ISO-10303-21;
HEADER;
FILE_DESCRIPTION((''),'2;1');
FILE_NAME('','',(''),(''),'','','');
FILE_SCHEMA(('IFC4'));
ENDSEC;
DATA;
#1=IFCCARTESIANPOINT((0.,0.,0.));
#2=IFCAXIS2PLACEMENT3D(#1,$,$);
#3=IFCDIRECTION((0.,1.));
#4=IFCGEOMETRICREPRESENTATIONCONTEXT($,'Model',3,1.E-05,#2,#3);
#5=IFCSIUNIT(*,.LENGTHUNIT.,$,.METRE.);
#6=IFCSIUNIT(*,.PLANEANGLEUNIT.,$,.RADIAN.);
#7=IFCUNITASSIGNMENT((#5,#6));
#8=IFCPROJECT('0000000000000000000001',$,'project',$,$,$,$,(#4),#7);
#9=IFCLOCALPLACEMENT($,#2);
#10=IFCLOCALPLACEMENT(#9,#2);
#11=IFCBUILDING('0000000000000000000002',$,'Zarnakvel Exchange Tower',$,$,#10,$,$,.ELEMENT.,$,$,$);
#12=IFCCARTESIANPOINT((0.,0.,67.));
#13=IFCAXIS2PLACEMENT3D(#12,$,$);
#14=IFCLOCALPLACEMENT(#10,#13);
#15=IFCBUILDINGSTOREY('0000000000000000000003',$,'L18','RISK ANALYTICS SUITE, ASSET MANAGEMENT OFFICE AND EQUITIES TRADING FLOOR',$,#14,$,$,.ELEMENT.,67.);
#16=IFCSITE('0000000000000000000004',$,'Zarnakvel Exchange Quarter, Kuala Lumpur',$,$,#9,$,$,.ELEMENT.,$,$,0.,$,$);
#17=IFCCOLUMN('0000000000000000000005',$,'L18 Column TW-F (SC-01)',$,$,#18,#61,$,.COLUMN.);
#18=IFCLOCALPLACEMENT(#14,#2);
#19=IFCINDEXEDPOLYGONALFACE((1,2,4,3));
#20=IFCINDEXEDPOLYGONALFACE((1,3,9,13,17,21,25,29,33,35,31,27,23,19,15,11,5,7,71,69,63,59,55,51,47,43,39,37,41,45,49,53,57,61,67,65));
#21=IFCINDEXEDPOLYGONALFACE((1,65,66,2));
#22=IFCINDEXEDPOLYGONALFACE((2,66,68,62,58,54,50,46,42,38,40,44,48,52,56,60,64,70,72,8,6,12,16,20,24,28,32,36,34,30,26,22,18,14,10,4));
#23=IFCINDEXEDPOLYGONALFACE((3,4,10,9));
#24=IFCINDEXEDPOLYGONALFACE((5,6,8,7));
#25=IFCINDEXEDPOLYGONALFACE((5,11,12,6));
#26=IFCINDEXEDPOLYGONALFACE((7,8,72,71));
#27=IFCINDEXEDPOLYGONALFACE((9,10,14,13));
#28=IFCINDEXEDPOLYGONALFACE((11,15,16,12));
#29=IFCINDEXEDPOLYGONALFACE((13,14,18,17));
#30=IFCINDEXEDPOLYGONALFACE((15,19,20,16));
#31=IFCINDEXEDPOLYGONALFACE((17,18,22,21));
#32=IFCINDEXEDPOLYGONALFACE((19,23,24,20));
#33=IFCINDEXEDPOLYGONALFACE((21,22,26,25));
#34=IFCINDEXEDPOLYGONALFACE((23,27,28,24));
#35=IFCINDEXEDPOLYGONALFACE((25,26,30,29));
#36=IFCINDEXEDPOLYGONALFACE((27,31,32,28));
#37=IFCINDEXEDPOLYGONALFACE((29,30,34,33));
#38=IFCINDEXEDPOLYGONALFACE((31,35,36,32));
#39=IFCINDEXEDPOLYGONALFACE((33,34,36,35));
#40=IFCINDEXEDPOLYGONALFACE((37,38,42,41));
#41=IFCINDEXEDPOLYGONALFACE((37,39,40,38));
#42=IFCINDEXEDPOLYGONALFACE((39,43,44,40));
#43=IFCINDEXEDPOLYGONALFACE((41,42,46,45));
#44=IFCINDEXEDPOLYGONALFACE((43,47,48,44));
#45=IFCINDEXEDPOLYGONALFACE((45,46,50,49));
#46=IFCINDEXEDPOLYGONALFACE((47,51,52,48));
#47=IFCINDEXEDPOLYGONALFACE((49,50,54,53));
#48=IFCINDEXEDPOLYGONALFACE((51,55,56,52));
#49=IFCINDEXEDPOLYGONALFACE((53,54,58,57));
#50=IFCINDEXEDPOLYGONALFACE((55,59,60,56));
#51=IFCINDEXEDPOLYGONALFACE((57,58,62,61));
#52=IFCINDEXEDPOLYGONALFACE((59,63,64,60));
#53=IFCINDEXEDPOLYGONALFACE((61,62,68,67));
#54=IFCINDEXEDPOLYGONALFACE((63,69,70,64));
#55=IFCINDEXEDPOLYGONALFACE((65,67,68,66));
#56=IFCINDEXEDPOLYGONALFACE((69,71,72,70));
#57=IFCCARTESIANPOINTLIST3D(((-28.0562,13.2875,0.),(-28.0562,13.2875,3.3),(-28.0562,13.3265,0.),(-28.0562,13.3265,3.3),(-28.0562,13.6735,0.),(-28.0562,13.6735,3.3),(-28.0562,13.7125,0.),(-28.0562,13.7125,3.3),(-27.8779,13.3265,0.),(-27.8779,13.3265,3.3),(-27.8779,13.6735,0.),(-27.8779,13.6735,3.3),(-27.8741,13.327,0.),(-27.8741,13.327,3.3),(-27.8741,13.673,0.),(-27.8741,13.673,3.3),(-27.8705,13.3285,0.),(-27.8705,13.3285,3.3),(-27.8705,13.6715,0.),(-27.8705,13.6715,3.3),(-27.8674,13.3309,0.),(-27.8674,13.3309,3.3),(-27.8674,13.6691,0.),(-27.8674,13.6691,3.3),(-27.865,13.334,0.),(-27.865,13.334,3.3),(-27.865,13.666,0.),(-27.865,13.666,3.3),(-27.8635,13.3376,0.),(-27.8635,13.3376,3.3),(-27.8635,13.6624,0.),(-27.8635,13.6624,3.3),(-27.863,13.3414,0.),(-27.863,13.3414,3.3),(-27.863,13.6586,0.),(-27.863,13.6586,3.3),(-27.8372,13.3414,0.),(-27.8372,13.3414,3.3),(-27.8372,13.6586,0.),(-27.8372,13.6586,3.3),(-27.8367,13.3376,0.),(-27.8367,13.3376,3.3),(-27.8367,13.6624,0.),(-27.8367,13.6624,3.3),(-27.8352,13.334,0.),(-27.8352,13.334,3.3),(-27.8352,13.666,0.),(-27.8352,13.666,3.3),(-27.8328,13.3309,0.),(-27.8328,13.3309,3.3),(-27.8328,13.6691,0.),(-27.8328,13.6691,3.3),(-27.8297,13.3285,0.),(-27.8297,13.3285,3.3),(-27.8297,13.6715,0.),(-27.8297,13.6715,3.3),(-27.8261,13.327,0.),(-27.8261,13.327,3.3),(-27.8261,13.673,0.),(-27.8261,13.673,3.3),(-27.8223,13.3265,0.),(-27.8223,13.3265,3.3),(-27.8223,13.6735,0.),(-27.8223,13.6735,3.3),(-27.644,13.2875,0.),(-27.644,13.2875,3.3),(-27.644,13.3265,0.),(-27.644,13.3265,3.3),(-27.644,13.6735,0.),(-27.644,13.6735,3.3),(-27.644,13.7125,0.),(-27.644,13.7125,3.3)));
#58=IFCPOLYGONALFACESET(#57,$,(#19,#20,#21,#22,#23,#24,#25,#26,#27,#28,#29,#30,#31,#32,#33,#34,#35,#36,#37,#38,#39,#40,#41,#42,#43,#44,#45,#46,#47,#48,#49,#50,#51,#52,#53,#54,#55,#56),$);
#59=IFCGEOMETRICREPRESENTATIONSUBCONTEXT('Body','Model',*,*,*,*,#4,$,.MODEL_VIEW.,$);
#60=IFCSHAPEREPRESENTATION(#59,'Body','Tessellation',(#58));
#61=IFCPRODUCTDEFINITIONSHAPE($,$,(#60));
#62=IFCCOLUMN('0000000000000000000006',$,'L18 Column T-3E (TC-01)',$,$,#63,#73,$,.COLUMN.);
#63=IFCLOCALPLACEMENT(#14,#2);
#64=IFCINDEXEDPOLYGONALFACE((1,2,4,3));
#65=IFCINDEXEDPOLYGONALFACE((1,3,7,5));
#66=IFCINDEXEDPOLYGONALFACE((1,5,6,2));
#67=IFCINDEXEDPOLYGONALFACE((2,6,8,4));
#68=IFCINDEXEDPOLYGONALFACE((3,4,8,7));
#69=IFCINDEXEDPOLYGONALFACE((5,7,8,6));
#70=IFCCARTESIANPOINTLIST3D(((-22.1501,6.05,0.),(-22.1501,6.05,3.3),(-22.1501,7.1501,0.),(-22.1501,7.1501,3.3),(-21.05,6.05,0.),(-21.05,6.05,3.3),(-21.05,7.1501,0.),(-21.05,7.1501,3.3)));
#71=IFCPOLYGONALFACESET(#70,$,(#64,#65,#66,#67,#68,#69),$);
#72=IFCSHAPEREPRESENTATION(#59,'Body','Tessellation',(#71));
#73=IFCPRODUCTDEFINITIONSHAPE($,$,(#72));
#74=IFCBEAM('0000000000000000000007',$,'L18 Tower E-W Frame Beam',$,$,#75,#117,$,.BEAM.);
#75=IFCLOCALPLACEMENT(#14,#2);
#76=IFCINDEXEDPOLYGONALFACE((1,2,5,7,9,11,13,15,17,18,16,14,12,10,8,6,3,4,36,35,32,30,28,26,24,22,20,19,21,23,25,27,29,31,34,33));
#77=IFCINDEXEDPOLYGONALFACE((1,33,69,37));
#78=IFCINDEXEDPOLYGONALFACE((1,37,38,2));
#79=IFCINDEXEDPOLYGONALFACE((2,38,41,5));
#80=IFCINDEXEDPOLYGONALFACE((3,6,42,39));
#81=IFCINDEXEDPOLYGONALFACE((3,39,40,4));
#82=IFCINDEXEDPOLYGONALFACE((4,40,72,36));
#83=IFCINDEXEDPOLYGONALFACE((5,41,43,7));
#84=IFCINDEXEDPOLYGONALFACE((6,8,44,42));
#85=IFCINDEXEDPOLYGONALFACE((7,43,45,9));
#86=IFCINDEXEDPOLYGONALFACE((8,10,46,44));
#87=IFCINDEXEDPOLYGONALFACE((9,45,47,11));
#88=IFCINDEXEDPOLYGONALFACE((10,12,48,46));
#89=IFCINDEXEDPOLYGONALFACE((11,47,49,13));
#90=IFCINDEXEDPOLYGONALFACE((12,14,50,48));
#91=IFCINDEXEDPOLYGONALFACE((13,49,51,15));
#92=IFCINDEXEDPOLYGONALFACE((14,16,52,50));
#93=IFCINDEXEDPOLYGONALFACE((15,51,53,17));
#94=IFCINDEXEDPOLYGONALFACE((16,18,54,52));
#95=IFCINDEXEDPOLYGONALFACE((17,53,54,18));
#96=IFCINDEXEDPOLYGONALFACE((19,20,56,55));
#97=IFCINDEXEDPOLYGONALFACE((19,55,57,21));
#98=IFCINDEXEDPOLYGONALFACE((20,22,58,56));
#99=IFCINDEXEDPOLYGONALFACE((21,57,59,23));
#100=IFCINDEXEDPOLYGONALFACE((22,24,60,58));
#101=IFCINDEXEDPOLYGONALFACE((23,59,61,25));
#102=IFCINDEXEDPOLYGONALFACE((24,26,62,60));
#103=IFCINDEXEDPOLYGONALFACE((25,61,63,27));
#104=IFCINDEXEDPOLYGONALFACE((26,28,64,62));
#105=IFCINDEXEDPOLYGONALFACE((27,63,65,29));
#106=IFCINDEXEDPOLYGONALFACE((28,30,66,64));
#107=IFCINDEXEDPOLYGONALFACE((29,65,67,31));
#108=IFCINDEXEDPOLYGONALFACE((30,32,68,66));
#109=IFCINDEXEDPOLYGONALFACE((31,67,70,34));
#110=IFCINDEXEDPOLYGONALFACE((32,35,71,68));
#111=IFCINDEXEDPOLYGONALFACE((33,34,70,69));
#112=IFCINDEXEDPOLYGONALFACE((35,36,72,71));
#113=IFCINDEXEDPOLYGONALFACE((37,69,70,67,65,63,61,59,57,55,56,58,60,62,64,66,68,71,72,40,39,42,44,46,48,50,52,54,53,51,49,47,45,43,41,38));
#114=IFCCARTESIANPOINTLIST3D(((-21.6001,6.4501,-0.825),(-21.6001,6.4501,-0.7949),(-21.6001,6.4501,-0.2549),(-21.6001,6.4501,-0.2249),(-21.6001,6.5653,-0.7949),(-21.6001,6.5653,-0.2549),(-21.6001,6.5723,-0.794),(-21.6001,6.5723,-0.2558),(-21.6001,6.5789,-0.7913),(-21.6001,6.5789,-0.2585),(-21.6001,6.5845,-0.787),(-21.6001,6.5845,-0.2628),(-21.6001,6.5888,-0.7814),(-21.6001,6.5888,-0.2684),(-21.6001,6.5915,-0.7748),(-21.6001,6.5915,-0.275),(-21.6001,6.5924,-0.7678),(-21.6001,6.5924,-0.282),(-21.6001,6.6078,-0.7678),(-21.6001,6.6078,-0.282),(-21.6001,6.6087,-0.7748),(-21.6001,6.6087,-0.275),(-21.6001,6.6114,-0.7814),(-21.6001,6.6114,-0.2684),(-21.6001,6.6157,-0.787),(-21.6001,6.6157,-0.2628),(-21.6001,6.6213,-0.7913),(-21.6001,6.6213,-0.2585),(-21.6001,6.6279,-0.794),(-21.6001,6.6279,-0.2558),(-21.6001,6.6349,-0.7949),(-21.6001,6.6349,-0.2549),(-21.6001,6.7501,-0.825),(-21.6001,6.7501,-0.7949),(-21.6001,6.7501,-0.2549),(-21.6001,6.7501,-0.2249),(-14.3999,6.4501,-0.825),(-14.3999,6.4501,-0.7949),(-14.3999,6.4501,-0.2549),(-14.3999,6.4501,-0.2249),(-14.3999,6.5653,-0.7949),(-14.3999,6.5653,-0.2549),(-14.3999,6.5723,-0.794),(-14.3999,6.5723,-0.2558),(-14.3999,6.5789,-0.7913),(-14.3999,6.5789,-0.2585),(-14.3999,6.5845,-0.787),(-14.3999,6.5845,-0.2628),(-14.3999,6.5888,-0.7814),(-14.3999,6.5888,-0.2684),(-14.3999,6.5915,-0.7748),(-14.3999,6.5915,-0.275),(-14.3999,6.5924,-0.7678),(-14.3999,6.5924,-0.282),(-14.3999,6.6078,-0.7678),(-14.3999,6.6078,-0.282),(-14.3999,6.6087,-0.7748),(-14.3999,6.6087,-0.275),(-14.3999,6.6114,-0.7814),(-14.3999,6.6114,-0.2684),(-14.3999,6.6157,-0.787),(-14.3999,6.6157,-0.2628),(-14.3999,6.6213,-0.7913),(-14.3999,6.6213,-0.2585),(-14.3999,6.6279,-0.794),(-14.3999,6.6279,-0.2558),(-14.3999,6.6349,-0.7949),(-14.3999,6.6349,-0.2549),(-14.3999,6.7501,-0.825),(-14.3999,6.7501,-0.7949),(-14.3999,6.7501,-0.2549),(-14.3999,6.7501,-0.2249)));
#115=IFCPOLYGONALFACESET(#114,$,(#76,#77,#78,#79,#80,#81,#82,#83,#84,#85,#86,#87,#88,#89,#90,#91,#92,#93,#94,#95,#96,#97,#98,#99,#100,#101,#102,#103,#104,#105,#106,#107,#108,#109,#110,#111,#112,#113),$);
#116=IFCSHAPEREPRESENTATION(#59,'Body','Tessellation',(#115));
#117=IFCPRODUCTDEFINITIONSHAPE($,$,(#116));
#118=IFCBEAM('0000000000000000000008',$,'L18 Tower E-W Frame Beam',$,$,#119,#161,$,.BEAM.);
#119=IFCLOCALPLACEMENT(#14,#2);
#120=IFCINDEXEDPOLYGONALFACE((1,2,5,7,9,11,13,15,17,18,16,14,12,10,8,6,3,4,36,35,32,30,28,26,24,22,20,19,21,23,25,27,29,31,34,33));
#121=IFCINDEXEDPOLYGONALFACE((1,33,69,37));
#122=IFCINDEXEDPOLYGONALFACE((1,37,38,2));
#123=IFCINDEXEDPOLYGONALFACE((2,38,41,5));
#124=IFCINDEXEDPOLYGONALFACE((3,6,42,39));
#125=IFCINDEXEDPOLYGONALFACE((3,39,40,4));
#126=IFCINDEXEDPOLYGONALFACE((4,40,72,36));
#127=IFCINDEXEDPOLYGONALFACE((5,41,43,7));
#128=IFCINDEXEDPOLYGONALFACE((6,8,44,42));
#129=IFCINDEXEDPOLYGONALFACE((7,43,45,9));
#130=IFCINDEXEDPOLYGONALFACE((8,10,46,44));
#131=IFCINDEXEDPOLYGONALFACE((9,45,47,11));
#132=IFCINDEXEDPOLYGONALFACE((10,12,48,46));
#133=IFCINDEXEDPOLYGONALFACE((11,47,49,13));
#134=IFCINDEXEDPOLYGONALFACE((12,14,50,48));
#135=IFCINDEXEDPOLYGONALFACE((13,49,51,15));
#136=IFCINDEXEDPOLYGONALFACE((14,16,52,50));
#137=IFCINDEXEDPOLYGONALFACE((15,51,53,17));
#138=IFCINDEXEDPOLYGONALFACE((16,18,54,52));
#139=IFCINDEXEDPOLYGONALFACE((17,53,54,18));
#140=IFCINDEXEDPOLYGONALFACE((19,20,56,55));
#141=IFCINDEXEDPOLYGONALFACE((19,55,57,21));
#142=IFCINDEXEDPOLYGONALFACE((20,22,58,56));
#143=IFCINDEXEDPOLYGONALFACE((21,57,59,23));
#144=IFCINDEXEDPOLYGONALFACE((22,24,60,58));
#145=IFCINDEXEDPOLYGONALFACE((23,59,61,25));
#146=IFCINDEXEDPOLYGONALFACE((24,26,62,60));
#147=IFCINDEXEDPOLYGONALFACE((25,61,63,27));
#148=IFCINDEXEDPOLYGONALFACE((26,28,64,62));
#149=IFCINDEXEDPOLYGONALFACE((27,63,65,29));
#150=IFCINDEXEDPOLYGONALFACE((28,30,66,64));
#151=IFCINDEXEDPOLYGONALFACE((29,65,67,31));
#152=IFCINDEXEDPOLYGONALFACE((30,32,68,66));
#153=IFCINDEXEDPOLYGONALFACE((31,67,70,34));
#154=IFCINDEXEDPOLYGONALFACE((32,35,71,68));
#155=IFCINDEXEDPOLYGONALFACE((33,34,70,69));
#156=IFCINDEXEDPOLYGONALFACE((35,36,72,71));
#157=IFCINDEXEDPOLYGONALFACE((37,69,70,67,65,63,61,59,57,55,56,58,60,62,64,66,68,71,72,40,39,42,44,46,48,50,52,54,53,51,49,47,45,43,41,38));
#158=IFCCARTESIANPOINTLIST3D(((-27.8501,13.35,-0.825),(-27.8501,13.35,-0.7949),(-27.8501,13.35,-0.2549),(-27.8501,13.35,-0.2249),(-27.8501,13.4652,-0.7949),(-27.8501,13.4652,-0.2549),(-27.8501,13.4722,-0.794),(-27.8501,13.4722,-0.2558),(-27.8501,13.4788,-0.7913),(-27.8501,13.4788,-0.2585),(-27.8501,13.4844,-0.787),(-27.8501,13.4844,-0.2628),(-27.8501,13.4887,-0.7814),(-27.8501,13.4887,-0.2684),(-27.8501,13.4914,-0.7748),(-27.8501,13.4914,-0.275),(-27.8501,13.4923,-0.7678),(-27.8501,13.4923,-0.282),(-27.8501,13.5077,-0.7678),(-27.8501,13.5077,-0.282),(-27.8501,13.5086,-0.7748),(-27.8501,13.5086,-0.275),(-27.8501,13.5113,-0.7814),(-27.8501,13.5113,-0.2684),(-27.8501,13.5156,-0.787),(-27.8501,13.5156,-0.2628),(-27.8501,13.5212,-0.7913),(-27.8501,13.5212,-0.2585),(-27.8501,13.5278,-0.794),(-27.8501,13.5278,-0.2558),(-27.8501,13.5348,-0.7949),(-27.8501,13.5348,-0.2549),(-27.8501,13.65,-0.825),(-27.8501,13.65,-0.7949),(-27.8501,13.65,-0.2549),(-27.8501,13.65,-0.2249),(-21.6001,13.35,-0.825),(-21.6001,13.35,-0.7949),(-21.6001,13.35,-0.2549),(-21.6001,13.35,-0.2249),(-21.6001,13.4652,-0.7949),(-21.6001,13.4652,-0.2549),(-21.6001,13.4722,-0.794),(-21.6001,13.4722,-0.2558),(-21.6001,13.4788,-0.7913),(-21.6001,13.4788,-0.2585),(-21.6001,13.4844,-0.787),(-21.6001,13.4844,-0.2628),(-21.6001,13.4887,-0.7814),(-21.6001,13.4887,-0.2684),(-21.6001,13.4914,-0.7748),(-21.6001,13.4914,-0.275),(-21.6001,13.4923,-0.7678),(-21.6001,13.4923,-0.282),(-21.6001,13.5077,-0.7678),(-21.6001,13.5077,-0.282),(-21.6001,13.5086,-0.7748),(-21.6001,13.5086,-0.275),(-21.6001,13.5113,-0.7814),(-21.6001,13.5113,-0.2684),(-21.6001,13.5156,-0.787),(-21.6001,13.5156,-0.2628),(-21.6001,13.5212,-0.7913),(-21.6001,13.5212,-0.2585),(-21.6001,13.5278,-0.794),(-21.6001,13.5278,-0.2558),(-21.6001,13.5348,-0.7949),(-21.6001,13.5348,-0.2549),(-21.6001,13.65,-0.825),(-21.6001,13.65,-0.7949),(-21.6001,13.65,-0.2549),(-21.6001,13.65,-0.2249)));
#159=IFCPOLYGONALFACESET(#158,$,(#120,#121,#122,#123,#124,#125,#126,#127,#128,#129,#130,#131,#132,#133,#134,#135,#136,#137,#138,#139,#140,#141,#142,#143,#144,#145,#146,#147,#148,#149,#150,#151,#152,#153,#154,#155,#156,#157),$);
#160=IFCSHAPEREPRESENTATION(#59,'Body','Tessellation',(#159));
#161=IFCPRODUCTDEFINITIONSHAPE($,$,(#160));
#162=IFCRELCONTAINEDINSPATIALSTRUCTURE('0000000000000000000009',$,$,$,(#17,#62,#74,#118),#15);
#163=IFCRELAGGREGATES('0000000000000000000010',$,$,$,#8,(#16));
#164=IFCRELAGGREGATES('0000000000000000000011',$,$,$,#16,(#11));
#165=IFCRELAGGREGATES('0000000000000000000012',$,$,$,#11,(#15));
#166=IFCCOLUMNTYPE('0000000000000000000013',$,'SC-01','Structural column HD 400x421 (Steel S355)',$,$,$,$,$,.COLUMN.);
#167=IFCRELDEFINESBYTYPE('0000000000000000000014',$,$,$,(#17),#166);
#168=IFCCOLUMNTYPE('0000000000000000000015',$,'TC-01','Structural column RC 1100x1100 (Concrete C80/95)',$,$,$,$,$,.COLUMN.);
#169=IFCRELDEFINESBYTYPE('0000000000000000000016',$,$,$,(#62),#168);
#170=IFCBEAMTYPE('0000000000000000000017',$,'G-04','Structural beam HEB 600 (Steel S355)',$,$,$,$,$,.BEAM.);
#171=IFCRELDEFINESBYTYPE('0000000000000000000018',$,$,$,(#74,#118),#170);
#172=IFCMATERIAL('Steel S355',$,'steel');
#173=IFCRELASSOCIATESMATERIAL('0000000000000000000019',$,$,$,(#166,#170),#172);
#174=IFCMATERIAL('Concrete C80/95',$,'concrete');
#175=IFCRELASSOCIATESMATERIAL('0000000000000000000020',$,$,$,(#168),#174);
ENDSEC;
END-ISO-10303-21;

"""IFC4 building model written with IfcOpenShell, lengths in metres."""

from ifc_helpers import new_model, si_unit, direction, frame, origin, origin_2d, place, context, subcontext, project, spatial, rectangle, i_section, extrude, material, material_profile, profile_set, type_object, element, save


model = new_model("IFC4")

# Units and contexts
model_context = context("Model", 3, precision=1e-05, world=origin(), true_north=direction((0.0, 1.0)))
body_context = subcontext(model_context, "Body", "Model", "MODEL_VIEW")
ifc_project = project(units=[si_unit("LENGTHUNIT", "METRE"), si_unit("PLANEANGLEUNIT", "RADIAN")], contexts=[model_context])

# Site, building, storey
site_placement = place(None, origin())
site = spatial("IfcSite", under=ifc_project, at=site_placement, Name="Zarnakvel Exchange Quarter, Kuala Lumpur", CompositionType="ELEMENT", RefElevation=0.0)
building_placement = place(site_placement, origin())
building = spatial("IfcBuilding", under=site, at=building_placement, Name="Zarnakvel Exchange Tower", CompositionType="ELEMENT")
storey_placement = place(building_placement, frame((0.0, 0.0, 67.0)))
storey = spatial("IfcBuildingStorey", under=building, at=storey_placement, Name="L18", Description="RISK ANALYTICS SUITE, ASSET MANAGEMENT OFFICE AND EQUITIES TRADING FLOOR", CompositionType="ELEMENT", Elevation=67.0)

# Columns
ifc_material_1 = material(Name="Steel S355", Category="steel")
ifc_material_profile_1 = material_profile(ifc_material_1, i_section(OverallWidth=0.4121, OverallDepth=0.425, WebThickness=0.0259, FlangeThickness=0.0391, FilletRadius=0.0149, at=origin_2d()))
ifc_profile_set_1 = profile_set([ifc_material_profile_1], Name="Steel S355")
column_type_1 = type_object("IfcColumnType", Name="SC-01", Description="Structural column HD 400x421 (Steel S355)", PredefinedType="COLUMN", material=ifc_profile_set_1)
column_1_placement = place(storey_placement, frame((-27.8501, 13.5, 0.0), z_axis=(0.0, 0.0, 1.0), x_axis=(1.0, 0.0, 0.0)))
element("IfcColumn", 1, at=column_1_placement, inside=storey, type_object=column_type_1, Name="L18 Column TW-F (SC-01)", PredefinedType="COLUMN", context=body_context, shape_type="SweptSolid", body=[
    extrude(i_section(OverallWidth=0.4121, OverallDepth=0.425, WebThickness=0.0259, FlangeThickness=0.0391, FilletRadius=0.0149, at=origin_2d()), origin(), (0.0, 0.0, 1.0), 3.3),
])
ifc_material_2 = material(Name="Concrete C80/95", Category="concrete")
ifc_material_profile_2 = material_profile(ifc_material_2, rectangle(XDim=1.1001, YDim=1.1001, at=origin_2d()))
ifc_profile_set_2 = profile_set([ifc_material_profile_2], Name="Concrete C80/95")
column_type_2 = type_object("IfcColumnType", Name="TC-01", Description="Structural column RC 1100x1100 (Concrete C80/95)", PredefinedType="COLUMN", material=ifc_profile_set_2)
column_2_placement = place(storey_placement, frame((-21.6001, 6.6001, 0.0), z_axis=(0.0, 0.0, 1.0), x_axis=(1.0, 0.0, 0.0)))
element("IfcColumn", 2, at=column_2_placement, inside=storey, type_object=column_type_2, Name="L18 Column T-3E (TC-01)", PredefinedType="COLUMN", context=body_context, shape_type="SweptSolid", body=[
    extrude(rectangle(XDim=1.1001, YDim=1.1001, at=origin_2d()), origin(), (0.0, 0.0, 1.0), 3.3),
])

# Beams
ifc_material_profile_3 = material_profile(ifc_material_1, i_section(OverallWidth=0.3, OverallDepth=0.6001, WebThickness=0.0154, FlangeThickness=0.03, FilletRadius=0.0271, at=origin_2d()))
ifc_profile_set_3 = profile_set([ifc_material_profile_3], Name="Steel S355")
beam_type = type_object("IfcBeamType", Name="G-04", Description="Structural beam HEB 600 (Steel S355)", PredefinedType="BEAM", material=ifc_profile_set_3)
beam_1_placement = place(storey_placement, frame((-21.6001, 6.6001, -0.5249), z_axis=(1.0, 0.0, 0.0), x_axis=(0.0, 1.0, 0.0)))
element("IfcBeam", 3, at=beam_1_placement, inside=storey, type_object=beam_type, Name="L18 Tower E-W Frame Beam", PredefinedType="BEAM", context=body_context, shape_type="SweptSolid", body=[
    extrude(i_section(OverallWidth=0.3, OverallDepth=0.6001, WebThickness=0.0154, FlangeThickness=0.03, FilletRadius=0.0271, at=origin_2d()), origin(), (0.0, 0.0, 1.0), 7.2002),
])
beam_2_placement = place(storey_placement, frame((-27.8501, 13.5, -0.5249), z_axis=(1.0, 0.0, 0.0), x_axis=(0.0, 1.0, 0.0)))
element("IfcBeam", 4, at=beam_2_placement, inside=storey, type_object=beam_type, Name="L18 Tower E-W Frame Beam", PredefinedType="BEAM", context=body_context, shape_type="SweptSolid", body=[
    extrude(i_section(OverallWidth=0.3, OverallDepth=0.6001, WebThickness=0.0154, FlangeThickness=0.03, FilletRadius=0.0271, at=origin_2d()), origin(), (0.0, 0.0, 1.0), 6.25),
])

save(model, "model.ifc")
